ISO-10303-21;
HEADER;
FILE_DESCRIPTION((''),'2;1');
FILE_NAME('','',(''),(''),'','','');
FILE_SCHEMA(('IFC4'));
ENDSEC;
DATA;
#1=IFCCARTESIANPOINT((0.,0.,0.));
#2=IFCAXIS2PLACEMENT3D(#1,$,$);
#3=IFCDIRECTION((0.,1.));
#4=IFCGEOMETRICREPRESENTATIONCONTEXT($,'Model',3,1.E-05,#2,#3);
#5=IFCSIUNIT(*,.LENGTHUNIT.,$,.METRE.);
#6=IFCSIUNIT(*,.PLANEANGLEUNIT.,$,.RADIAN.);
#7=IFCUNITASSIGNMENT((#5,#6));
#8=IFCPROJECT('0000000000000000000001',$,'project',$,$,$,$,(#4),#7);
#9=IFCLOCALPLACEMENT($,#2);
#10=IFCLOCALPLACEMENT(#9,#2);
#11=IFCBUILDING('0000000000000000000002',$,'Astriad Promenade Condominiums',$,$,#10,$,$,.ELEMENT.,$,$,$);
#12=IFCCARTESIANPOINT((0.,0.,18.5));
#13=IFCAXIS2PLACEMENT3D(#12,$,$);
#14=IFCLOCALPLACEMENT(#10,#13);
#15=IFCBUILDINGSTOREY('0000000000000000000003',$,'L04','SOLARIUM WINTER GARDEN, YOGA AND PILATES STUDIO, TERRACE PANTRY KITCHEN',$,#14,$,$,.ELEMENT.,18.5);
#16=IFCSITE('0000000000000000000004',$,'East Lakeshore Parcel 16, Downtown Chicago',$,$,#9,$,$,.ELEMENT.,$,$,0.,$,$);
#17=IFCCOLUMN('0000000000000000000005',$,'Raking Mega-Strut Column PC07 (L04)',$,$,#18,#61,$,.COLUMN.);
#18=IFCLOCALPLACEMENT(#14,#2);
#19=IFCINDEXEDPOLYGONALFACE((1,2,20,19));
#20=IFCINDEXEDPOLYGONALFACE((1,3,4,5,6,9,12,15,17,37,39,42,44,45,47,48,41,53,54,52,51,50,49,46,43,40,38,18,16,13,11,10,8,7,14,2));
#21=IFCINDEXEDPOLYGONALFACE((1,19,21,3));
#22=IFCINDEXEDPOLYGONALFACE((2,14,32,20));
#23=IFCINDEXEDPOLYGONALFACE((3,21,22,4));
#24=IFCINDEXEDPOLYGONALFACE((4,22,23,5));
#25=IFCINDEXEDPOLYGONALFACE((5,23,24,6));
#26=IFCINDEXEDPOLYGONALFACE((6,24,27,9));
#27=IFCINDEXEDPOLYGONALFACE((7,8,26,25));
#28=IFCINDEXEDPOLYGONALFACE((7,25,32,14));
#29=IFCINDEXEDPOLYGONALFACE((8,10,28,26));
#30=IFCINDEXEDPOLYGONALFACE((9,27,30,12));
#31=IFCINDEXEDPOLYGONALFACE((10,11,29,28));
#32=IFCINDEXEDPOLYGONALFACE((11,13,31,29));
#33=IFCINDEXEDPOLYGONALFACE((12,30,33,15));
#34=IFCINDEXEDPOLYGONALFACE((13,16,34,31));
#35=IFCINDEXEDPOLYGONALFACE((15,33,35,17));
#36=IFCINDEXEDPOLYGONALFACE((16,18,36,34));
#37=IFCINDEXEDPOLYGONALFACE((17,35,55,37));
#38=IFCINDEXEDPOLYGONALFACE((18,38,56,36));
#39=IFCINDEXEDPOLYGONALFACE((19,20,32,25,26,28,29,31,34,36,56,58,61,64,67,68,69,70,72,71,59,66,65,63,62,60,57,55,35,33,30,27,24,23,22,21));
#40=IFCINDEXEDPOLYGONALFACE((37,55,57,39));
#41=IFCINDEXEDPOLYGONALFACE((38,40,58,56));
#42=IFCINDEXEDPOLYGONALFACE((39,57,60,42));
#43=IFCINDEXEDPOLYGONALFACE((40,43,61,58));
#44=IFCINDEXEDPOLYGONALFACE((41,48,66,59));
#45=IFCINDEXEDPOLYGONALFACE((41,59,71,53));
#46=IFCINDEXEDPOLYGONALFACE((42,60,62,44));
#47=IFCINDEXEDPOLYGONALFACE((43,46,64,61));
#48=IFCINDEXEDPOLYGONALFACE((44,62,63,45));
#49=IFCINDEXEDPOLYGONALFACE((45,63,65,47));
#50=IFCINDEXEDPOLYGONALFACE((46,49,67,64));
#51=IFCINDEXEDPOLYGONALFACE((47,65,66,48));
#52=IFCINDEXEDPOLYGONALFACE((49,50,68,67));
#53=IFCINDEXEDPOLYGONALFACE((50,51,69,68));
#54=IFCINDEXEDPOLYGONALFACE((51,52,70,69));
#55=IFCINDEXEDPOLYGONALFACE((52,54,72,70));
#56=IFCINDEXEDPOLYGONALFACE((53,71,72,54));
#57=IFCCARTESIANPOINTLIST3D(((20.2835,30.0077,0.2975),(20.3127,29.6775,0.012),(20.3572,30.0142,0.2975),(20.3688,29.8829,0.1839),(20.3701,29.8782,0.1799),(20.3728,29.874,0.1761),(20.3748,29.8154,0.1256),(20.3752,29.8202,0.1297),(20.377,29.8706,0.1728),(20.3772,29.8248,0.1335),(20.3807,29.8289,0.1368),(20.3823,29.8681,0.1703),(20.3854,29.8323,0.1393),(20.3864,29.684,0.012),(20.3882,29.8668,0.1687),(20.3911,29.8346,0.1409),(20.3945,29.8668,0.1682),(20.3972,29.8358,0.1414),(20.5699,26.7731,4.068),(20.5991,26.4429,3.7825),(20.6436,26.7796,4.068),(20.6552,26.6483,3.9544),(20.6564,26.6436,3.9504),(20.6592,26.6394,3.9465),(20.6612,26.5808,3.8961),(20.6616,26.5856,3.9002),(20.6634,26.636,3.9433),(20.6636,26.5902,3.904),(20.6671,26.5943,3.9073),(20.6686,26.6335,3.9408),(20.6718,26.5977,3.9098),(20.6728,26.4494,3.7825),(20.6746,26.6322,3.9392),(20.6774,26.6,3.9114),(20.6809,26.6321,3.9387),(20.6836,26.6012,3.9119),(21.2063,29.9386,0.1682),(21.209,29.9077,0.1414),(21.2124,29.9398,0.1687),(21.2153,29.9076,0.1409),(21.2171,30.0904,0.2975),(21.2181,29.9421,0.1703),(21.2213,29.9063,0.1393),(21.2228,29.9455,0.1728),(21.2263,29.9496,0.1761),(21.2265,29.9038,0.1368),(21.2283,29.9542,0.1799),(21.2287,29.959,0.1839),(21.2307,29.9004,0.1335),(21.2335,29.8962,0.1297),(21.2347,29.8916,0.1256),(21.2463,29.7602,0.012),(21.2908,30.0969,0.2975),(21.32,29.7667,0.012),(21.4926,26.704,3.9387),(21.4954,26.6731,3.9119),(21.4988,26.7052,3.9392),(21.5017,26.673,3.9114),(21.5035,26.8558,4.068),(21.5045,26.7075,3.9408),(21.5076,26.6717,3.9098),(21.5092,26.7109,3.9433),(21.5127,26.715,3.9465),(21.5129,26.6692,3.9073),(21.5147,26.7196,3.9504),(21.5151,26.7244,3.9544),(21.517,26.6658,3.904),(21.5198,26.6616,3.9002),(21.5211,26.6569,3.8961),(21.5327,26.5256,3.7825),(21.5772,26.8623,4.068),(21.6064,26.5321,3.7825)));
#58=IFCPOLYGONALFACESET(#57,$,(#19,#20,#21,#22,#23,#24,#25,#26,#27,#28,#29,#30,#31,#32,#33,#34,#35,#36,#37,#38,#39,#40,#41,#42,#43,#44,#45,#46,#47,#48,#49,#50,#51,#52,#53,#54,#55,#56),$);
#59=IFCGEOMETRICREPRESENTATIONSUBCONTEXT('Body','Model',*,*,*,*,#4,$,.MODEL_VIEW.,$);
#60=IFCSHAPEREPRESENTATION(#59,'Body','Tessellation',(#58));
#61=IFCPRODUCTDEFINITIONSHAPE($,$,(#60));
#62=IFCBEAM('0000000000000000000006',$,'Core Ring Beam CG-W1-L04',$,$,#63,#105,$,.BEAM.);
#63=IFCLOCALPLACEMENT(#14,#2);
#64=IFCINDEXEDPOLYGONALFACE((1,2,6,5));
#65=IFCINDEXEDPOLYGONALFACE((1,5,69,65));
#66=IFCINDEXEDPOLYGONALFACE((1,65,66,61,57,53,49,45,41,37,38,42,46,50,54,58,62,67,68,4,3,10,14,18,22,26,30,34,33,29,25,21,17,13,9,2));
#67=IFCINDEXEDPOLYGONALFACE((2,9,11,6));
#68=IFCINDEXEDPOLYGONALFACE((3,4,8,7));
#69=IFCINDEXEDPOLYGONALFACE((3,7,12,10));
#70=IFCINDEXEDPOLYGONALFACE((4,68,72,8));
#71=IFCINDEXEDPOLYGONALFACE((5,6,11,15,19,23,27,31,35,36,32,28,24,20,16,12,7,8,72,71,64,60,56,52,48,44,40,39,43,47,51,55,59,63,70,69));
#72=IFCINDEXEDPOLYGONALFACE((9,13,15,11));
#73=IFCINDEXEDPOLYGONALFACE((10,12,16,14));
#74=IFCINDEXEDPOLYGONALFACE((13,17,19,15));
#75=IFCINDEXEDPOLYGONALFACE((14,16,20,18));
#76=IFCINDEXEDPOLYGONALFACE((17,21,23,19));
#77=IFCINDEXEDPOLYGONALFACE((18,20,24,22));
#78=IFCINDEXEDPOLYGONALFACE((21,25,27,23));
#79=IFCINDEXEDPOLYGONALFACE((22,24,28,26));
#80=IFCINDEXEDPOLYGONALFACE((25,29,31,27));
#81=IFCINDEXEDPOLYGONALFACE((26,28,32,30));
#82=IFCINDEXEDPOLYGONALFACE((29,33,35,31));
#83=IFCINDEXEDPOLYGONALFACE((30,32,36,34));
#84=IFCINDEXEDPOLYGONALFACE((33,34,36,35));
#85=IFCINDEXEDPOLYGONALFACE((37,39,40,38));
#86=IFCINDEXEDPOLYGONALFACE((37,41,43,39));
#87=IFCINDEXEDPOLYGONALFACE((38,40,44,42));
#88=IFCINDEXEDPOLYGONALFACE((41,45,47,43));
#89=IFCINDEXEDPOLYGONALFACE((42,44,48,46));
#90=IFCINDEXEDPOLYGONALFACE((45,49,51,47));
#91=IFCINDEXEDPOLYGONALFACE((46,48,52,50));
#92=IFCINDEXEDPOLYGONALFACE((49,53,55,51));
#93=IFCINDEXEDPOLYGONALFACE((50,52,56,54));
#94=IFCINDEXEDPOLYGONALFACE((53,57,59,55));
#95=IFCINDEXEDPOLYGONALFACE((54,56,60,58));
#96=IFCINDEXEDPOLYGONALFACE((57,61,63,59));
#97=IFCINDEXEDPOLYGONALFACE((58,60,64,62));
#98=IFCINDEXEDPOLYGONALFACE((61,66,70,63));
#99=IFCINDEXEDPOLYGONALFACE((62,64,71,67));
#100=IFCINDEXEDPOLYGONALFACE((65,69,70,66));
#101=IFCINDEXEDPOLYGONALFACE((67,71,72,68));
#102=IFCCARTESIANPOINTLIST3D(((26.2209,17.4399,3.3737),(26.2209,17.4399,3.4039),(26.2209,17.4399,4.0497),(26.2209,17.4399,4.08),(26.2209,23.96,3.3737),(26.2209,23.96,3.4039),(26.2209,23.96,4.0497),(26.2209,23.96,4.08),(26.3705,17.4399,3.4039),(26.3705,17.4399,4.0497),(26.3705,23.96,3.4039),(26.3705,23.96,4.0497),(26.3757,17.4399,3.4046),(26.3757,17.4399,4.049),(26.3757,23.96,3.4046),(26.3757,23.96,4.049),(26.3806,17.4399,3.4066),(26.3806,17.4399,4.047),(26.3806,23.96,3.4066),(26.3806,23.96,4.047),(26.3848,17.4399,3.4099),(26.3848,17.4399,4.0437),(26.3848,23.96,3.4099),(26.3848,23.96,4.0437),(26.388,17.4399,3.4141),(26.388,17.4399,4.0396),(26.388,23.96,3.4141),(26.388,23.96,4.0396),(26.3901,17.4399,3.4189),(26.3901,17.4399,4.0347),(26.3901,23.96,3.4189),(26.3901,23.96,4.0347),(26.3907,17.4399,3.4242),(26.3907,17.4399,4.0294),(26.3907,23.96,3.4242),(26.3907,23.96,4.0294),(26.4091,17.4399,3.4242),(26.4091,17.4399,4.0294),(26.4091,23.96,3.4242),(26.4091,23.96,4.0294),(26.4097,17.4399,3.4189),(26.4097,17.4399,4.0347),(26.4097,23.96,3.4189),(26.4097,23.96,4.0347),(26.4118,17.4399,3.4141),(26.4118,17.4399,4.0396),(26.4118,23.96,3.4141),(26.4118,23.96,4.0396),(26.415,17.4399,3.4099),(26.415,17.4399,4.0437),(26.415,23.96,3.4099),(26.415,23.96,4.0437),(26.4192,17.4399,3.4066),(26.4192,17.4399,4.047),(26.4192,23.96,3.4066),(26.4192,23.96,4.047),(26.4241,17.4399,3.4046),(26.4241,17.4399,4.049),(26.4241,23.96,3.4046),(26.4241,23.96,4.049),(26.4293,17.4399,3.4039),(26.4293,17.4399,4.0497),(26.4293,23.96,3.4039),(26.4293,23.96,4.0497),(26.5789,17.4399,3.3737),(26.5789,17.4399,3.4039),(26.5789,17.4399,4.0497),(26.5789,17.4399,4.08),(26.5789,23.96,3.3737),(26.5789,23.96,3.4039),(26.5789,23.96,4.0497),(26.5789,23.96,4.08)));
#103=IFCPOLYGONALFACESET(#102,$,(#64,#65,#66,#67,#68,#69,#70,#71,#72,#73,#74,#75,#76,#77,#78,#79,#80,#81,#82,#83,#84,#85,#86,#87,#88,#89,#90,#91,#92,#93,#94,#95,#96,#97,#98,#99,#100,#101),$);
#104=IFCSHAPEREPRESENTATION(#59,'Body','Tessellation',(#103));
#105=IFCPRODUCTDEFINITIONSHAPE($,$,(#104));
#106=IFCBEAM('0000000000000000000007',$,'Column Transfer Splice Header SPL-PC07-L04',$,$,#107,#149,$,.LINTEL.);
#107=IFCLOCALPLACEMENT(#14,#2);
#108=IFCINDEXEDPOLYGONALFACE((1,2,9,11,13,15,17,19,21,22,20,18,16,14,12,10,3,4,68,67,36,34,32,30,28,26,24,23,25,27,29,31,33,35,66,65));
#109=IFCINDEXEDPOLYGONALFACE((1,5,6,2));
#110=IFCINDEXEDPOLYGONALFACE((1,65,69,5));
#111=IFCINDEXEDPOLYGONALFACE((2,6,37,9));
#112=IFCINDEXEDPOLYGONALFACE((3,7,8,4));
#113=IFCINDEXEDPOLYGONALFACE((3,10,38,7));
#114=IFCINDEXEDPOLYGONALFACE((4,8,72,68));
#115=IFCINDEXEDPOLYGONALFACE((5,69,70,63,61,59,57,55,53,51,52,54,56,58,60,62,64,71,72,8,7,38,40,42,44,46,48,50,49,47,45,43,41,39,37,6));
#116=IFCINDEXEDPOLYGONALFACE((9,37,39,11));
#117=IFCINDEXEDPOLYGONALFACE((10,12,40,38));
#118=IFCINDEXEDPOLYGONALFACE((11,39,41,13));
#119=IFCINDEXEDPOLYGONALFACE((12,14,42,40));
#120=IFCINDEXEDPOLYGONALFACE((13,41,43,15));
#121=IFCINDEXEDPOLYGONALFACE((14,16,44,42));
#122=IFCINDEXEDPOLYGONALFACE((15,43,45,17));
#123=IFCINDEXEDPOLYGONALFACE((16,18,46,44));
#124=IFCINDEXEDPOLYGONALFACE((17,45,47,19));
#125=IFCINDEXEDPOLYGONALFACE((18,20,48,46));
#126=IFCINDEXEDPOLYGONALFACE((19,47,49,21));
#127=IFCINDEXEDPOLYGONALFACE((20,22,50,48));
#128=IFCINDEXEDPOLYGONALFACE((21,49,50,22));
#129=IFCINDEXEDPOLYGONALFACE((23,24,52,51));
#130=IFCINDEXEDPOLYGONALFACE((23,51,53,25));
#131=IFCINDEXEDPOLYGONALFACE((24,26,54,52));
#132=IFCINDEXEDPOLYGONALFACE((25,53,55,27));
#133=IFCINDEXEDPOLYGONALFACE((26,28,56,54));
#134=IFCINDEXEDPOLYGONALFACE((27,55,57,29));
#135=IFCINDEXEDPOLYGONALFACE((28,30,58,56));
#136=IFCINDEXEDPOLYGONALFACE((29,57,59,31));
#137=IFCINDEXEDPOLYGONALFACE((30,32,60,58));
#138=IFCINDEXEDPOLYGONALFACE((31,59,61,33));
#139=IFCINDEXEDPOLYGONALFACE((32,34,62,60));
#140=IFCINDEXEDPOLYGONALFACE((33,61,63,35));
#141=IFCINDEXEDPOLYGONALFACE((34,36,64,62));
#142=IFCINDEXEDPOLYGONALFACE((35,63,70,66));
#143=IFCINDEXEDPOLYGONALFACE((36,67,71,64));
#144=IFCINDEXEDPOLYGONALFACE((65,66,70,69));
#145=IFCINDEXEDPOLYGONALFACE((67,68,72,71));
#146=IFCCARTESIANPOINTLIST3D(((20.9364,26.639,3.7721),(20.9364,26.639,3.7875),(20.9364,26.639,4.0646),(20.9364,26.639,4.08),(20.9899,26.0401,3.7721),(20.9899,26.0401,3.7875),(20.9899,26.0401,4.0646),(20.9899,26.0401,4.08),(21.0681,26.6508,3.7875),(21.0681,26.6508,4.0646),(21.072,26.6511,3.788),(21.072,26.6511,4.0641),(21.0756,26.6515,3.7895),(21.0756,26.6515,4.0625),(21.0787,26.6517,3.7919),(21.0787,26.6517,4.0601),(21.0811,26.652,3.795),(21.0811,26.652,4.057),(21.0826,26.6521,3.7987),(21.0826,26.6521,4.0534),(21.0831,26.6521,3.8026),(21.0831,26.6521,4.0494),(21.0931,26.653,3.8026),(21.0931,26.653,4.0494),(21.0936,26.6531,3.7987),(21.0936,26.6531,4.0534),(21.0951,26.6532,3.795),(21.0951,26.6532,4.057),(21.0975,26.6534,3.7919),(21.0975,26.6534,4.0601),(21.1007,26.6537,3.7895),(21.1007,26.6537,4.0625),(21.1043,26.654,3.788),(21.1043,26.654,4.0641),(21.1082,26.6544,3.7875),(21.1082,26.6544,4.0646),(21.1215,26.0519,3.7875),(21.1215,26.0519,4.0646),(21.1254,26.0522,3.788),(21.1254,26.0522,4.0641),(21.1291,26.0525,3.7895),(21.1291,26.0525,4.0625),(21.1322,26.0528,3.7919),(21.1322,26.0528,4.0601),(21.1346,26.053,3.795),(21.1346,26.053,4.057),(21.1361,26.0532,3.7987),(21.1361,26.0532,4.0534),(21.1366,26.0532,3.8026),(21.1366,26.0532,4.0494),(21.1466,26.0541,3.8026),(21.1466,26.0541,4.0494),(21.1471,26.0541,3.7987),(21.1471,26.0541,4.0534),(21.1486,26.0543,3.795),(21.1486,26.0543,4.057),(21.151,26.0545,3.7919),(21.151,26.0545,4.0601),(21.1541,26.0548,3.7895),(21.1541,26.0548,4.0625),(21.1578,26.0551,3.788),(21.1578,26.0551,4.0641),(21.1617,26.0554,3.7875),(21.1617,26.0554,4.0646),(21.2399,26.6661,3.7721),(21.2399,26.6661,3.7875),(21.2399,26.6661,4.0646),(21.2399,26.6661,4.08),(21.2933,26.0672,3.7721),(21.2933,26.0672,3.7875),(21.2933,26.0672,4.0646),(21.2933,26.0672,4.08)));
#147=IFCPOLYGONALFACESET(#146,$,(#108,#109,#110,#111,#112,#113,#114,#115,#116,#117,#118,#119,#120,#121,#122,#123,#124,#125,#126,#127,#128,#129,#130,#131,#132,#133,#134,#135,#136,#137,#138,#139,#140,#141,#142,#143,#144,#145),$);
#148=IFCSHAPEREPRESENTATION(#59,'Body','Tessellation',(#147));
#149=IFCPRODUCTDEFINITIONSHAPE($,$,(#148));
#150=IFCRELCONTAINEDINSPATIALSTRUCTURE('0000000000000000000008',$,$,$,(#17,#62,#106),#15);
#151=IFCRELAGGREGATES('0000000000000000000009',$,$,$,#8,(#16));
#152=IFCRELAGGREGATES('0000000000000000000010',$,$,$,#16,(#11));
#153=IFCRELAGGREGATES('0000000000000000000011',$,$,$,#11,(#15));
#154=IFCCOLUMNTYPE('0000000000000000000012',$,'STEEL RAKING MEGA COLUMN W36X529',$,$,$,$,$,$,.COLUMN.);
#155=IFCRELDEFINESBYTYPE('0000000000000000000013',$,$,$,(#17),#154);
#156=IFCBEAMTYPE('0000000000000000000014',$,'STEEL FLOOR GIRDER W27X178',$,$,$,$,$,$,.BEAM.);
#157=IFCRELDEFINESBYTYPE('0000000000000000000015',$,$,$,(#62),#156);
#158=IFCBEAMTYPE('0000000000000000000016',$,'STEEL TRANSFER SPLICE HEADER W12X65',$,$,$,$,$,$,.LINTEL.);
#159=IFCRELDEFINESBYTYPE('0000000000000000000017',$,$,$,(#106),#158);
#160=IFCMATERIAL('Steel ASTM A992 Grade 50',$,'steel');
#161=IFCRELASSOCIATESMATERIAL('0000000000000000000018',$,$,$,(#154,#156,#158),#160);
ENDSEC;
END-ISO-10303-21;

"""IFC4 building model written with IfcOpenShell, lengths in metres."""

from ifc_helpers import new_model, si_unit, direction, frame, origin, origin_2d, place, context, subcontext, project, spatial, i_section, extrude, source, transform, mapped, material, material_profile, profile_set, type_object, type_shapes, element, save


model = new_model("IFC4")

# Units and contexts
model_context = context("Model", 3, precision=1e-05, world=origin(), true_north=direction((0.0, 1.0)))
body_context = subcontext(model_context, "Body", "Model", "MODEL_VIEW")
ifc_project = project(units=[si_unit("LENGTHUNIT", "METRE"), si_unit("PLANEANGLEUNIT", "RADIAN")], contexts=[model_context])

# Site, building, storey
site_placement = place(None, origin())
site = spatial("IfcSite", under=ifc_project, at=site_placement, Name="East Lakeshore Parcel 16, Downtown Chicago", CompositionType="ELEMENT", RefElevation=0.0)
building_placement = place(site_placement, origin())
building = spatial("IfcBuilding", under=site, at=building_placement, Name="Astriad Promenade Condominiums", CompositionType="ELEMENT")
storey_placement = place(building_placement, frame((0.0, 0.0, 18.5)))
storey = spatial("IfcBuildingStorey", under=building, at=storey_placement, Name="L04", Description="SOLARIUM WINTER GARDEN, YOGA AND PILATES STUDIO, TERRACE PANTRY KITCHEN", CompositionType="ELEMENT", Elevation=18.5)

# Column
ifc_material_1 = material(Name="Steel ASTM A992 Grade 50", Category="steel")
ifc_material_profile_1 = material_profile(ifc_material_1, i_section(OverallWidth=0.4375, OverallDepth=1.0112, WebThickness=0.041, FlangeThickness=0.074, FilletRadius=0.0242, at=origin_2d()), Name="W36X529")
ifc_profile_set_1 = profile_set([ifc_material_profile_1], Name="Steel ASTM A992 Grade 50")
column_type = type_object("IfcColumnType", Name="STEEL RAKING MEGA COLUMN W36X529", PredefinedType="COLUMN", material=ifc_profile_set_1)
shared_shape_1 = source(origin(), body_context, "Body", "SweptSolid", [
    extrude(i_section(OverallWidth=0.4375, OverallDepth=1.0112, WebThickness=0.041, FlangeThickness=0.074, FilletRadius=0.0242, at=origin_2d()), origin(), (0.0, 0.0, 1.0), 4.9761),
])
type_shapes(column_type, [shared_shape_1])
column_placement = place(storey_placement, frame((20.8018, 29.8872, 0.1548), z_axis=(0.057551, -0.650032, 0.757725), x_axis=(-0.066824, 0.754772, 0.652575)))
element("IfcColumn", 1, at=column_placement, inside=storey, type_object=column_type, Name="Raking Mega-Strut Column PC07 (L04)", PredefinedType="COLUMN", context=body_context, shape_type="MappedRepresentation", body=[
    mapped(shared_shape_1, transform((0.0, 0.0, 0.0), scale=1.0)),
])

# Beams
ifc_material_profile_2 = material_profile(ifc_material_1, i_section(OverallWidth=0.3579, OverallDepth=0.7063, WebThickness=0.0183, FlangeThickness=0.0303, FilletRadius=0.0203, at=origin_2d()), Name="W27X178")
ifc_profile_set_2 = profile_set([ifc_material_profile_2], Name="Steel ASTM A992 Grade 50")
beam_type_1 = type_object("IfcBeamType", Name="STEEL FLOOR GIRDER W27X178", PredefinedType="BEAM", material=ifc_profile_set_2)
shared_shape_2 = source(origin(), body_context, "Body", "SweptSolid", [
    extrude(i_section(OverallWidth=0.3579, OverallDepth=0.7063, WebThickness=0.0183, FlangeThickness=0.0303, FilletRadius=0.0203, at=origin_2d()), origin(), (0.0, 0.0, 1.0), 6.52),
])
type_shapes(beam_type_1, [shared_shape_2])
beam_1_placement = place(storey_placement, frame((26.3999, 17.4399, 3.7268), z_axis=(0.0, 1.0, 0.0), x_axis=(-1.0, 0.0, 0.0)))
element("IfcBeam", 2, at=beam_1_placement, inside=storey, type_object=beam_type_1, Name="Core Ring Beam CG-W1-L04", PredefinedType="BEAM", context=body_context, shape_type="MappedRepresentation", body=[
    mapped(shared_shape_2, transform((0.0, 0.0, 0.0), scale=1.0)),
])
ifc_material_profile_3 = material_profile(ifc_material_1, i_section(OverallWidth=0.3047, OverallDepth=0.3079, WebThickness=0.01, FlangeThickness=0.0154, FilletRadius=0.0151, at=origin_2d()), Name="W12X65")
ifc_profile_set_3 = profile_set([ifc_material_profile_3], Name="Steel ASTM A992 Grade 50")
beam_type_2 = type_object("IfcBeamType", Name="STEEL TRANSFER SPLICE HEADER W12X65", PredefinedType="LINTEL", material=ifc_profile_set_3)
shared_shape_3 = source(origin(), body_context, "Body", "SweptSolid", [
    extrude(i_section(OverallWidth=0.3047, OverallDepth=0.3079, WebThickness=0.01, FlangeThickness=0.0154, FilletRadius=0.0151, at=origin_2d()), origin(), (0.0, 0.0, 1.0), 0.6013),
])
type_shapes(beam_type_2, [shared_shape_3])
beam_2_placement = place(storey_placement, frame((21.0881, 26.6526, 3.926), z_axis=(0.088925, -0.996038, 0.0), x_axis=(0.996038, 0.088925, 0.0)))
element("IfcBeam", 3, at=beam_2_placement, inside=storey, type_object=beam_type_2, Name="Column Transfer Splice Header SPL-PC07-L04", PredefinedType="LINTEL", context=body_context, shape_type="MappedRepresentation", body=[
    mapped(shared_shape_3, transform((0.0, 0.0, 0.0), scale=1.0)),
])

save(model, "model.ifc")
